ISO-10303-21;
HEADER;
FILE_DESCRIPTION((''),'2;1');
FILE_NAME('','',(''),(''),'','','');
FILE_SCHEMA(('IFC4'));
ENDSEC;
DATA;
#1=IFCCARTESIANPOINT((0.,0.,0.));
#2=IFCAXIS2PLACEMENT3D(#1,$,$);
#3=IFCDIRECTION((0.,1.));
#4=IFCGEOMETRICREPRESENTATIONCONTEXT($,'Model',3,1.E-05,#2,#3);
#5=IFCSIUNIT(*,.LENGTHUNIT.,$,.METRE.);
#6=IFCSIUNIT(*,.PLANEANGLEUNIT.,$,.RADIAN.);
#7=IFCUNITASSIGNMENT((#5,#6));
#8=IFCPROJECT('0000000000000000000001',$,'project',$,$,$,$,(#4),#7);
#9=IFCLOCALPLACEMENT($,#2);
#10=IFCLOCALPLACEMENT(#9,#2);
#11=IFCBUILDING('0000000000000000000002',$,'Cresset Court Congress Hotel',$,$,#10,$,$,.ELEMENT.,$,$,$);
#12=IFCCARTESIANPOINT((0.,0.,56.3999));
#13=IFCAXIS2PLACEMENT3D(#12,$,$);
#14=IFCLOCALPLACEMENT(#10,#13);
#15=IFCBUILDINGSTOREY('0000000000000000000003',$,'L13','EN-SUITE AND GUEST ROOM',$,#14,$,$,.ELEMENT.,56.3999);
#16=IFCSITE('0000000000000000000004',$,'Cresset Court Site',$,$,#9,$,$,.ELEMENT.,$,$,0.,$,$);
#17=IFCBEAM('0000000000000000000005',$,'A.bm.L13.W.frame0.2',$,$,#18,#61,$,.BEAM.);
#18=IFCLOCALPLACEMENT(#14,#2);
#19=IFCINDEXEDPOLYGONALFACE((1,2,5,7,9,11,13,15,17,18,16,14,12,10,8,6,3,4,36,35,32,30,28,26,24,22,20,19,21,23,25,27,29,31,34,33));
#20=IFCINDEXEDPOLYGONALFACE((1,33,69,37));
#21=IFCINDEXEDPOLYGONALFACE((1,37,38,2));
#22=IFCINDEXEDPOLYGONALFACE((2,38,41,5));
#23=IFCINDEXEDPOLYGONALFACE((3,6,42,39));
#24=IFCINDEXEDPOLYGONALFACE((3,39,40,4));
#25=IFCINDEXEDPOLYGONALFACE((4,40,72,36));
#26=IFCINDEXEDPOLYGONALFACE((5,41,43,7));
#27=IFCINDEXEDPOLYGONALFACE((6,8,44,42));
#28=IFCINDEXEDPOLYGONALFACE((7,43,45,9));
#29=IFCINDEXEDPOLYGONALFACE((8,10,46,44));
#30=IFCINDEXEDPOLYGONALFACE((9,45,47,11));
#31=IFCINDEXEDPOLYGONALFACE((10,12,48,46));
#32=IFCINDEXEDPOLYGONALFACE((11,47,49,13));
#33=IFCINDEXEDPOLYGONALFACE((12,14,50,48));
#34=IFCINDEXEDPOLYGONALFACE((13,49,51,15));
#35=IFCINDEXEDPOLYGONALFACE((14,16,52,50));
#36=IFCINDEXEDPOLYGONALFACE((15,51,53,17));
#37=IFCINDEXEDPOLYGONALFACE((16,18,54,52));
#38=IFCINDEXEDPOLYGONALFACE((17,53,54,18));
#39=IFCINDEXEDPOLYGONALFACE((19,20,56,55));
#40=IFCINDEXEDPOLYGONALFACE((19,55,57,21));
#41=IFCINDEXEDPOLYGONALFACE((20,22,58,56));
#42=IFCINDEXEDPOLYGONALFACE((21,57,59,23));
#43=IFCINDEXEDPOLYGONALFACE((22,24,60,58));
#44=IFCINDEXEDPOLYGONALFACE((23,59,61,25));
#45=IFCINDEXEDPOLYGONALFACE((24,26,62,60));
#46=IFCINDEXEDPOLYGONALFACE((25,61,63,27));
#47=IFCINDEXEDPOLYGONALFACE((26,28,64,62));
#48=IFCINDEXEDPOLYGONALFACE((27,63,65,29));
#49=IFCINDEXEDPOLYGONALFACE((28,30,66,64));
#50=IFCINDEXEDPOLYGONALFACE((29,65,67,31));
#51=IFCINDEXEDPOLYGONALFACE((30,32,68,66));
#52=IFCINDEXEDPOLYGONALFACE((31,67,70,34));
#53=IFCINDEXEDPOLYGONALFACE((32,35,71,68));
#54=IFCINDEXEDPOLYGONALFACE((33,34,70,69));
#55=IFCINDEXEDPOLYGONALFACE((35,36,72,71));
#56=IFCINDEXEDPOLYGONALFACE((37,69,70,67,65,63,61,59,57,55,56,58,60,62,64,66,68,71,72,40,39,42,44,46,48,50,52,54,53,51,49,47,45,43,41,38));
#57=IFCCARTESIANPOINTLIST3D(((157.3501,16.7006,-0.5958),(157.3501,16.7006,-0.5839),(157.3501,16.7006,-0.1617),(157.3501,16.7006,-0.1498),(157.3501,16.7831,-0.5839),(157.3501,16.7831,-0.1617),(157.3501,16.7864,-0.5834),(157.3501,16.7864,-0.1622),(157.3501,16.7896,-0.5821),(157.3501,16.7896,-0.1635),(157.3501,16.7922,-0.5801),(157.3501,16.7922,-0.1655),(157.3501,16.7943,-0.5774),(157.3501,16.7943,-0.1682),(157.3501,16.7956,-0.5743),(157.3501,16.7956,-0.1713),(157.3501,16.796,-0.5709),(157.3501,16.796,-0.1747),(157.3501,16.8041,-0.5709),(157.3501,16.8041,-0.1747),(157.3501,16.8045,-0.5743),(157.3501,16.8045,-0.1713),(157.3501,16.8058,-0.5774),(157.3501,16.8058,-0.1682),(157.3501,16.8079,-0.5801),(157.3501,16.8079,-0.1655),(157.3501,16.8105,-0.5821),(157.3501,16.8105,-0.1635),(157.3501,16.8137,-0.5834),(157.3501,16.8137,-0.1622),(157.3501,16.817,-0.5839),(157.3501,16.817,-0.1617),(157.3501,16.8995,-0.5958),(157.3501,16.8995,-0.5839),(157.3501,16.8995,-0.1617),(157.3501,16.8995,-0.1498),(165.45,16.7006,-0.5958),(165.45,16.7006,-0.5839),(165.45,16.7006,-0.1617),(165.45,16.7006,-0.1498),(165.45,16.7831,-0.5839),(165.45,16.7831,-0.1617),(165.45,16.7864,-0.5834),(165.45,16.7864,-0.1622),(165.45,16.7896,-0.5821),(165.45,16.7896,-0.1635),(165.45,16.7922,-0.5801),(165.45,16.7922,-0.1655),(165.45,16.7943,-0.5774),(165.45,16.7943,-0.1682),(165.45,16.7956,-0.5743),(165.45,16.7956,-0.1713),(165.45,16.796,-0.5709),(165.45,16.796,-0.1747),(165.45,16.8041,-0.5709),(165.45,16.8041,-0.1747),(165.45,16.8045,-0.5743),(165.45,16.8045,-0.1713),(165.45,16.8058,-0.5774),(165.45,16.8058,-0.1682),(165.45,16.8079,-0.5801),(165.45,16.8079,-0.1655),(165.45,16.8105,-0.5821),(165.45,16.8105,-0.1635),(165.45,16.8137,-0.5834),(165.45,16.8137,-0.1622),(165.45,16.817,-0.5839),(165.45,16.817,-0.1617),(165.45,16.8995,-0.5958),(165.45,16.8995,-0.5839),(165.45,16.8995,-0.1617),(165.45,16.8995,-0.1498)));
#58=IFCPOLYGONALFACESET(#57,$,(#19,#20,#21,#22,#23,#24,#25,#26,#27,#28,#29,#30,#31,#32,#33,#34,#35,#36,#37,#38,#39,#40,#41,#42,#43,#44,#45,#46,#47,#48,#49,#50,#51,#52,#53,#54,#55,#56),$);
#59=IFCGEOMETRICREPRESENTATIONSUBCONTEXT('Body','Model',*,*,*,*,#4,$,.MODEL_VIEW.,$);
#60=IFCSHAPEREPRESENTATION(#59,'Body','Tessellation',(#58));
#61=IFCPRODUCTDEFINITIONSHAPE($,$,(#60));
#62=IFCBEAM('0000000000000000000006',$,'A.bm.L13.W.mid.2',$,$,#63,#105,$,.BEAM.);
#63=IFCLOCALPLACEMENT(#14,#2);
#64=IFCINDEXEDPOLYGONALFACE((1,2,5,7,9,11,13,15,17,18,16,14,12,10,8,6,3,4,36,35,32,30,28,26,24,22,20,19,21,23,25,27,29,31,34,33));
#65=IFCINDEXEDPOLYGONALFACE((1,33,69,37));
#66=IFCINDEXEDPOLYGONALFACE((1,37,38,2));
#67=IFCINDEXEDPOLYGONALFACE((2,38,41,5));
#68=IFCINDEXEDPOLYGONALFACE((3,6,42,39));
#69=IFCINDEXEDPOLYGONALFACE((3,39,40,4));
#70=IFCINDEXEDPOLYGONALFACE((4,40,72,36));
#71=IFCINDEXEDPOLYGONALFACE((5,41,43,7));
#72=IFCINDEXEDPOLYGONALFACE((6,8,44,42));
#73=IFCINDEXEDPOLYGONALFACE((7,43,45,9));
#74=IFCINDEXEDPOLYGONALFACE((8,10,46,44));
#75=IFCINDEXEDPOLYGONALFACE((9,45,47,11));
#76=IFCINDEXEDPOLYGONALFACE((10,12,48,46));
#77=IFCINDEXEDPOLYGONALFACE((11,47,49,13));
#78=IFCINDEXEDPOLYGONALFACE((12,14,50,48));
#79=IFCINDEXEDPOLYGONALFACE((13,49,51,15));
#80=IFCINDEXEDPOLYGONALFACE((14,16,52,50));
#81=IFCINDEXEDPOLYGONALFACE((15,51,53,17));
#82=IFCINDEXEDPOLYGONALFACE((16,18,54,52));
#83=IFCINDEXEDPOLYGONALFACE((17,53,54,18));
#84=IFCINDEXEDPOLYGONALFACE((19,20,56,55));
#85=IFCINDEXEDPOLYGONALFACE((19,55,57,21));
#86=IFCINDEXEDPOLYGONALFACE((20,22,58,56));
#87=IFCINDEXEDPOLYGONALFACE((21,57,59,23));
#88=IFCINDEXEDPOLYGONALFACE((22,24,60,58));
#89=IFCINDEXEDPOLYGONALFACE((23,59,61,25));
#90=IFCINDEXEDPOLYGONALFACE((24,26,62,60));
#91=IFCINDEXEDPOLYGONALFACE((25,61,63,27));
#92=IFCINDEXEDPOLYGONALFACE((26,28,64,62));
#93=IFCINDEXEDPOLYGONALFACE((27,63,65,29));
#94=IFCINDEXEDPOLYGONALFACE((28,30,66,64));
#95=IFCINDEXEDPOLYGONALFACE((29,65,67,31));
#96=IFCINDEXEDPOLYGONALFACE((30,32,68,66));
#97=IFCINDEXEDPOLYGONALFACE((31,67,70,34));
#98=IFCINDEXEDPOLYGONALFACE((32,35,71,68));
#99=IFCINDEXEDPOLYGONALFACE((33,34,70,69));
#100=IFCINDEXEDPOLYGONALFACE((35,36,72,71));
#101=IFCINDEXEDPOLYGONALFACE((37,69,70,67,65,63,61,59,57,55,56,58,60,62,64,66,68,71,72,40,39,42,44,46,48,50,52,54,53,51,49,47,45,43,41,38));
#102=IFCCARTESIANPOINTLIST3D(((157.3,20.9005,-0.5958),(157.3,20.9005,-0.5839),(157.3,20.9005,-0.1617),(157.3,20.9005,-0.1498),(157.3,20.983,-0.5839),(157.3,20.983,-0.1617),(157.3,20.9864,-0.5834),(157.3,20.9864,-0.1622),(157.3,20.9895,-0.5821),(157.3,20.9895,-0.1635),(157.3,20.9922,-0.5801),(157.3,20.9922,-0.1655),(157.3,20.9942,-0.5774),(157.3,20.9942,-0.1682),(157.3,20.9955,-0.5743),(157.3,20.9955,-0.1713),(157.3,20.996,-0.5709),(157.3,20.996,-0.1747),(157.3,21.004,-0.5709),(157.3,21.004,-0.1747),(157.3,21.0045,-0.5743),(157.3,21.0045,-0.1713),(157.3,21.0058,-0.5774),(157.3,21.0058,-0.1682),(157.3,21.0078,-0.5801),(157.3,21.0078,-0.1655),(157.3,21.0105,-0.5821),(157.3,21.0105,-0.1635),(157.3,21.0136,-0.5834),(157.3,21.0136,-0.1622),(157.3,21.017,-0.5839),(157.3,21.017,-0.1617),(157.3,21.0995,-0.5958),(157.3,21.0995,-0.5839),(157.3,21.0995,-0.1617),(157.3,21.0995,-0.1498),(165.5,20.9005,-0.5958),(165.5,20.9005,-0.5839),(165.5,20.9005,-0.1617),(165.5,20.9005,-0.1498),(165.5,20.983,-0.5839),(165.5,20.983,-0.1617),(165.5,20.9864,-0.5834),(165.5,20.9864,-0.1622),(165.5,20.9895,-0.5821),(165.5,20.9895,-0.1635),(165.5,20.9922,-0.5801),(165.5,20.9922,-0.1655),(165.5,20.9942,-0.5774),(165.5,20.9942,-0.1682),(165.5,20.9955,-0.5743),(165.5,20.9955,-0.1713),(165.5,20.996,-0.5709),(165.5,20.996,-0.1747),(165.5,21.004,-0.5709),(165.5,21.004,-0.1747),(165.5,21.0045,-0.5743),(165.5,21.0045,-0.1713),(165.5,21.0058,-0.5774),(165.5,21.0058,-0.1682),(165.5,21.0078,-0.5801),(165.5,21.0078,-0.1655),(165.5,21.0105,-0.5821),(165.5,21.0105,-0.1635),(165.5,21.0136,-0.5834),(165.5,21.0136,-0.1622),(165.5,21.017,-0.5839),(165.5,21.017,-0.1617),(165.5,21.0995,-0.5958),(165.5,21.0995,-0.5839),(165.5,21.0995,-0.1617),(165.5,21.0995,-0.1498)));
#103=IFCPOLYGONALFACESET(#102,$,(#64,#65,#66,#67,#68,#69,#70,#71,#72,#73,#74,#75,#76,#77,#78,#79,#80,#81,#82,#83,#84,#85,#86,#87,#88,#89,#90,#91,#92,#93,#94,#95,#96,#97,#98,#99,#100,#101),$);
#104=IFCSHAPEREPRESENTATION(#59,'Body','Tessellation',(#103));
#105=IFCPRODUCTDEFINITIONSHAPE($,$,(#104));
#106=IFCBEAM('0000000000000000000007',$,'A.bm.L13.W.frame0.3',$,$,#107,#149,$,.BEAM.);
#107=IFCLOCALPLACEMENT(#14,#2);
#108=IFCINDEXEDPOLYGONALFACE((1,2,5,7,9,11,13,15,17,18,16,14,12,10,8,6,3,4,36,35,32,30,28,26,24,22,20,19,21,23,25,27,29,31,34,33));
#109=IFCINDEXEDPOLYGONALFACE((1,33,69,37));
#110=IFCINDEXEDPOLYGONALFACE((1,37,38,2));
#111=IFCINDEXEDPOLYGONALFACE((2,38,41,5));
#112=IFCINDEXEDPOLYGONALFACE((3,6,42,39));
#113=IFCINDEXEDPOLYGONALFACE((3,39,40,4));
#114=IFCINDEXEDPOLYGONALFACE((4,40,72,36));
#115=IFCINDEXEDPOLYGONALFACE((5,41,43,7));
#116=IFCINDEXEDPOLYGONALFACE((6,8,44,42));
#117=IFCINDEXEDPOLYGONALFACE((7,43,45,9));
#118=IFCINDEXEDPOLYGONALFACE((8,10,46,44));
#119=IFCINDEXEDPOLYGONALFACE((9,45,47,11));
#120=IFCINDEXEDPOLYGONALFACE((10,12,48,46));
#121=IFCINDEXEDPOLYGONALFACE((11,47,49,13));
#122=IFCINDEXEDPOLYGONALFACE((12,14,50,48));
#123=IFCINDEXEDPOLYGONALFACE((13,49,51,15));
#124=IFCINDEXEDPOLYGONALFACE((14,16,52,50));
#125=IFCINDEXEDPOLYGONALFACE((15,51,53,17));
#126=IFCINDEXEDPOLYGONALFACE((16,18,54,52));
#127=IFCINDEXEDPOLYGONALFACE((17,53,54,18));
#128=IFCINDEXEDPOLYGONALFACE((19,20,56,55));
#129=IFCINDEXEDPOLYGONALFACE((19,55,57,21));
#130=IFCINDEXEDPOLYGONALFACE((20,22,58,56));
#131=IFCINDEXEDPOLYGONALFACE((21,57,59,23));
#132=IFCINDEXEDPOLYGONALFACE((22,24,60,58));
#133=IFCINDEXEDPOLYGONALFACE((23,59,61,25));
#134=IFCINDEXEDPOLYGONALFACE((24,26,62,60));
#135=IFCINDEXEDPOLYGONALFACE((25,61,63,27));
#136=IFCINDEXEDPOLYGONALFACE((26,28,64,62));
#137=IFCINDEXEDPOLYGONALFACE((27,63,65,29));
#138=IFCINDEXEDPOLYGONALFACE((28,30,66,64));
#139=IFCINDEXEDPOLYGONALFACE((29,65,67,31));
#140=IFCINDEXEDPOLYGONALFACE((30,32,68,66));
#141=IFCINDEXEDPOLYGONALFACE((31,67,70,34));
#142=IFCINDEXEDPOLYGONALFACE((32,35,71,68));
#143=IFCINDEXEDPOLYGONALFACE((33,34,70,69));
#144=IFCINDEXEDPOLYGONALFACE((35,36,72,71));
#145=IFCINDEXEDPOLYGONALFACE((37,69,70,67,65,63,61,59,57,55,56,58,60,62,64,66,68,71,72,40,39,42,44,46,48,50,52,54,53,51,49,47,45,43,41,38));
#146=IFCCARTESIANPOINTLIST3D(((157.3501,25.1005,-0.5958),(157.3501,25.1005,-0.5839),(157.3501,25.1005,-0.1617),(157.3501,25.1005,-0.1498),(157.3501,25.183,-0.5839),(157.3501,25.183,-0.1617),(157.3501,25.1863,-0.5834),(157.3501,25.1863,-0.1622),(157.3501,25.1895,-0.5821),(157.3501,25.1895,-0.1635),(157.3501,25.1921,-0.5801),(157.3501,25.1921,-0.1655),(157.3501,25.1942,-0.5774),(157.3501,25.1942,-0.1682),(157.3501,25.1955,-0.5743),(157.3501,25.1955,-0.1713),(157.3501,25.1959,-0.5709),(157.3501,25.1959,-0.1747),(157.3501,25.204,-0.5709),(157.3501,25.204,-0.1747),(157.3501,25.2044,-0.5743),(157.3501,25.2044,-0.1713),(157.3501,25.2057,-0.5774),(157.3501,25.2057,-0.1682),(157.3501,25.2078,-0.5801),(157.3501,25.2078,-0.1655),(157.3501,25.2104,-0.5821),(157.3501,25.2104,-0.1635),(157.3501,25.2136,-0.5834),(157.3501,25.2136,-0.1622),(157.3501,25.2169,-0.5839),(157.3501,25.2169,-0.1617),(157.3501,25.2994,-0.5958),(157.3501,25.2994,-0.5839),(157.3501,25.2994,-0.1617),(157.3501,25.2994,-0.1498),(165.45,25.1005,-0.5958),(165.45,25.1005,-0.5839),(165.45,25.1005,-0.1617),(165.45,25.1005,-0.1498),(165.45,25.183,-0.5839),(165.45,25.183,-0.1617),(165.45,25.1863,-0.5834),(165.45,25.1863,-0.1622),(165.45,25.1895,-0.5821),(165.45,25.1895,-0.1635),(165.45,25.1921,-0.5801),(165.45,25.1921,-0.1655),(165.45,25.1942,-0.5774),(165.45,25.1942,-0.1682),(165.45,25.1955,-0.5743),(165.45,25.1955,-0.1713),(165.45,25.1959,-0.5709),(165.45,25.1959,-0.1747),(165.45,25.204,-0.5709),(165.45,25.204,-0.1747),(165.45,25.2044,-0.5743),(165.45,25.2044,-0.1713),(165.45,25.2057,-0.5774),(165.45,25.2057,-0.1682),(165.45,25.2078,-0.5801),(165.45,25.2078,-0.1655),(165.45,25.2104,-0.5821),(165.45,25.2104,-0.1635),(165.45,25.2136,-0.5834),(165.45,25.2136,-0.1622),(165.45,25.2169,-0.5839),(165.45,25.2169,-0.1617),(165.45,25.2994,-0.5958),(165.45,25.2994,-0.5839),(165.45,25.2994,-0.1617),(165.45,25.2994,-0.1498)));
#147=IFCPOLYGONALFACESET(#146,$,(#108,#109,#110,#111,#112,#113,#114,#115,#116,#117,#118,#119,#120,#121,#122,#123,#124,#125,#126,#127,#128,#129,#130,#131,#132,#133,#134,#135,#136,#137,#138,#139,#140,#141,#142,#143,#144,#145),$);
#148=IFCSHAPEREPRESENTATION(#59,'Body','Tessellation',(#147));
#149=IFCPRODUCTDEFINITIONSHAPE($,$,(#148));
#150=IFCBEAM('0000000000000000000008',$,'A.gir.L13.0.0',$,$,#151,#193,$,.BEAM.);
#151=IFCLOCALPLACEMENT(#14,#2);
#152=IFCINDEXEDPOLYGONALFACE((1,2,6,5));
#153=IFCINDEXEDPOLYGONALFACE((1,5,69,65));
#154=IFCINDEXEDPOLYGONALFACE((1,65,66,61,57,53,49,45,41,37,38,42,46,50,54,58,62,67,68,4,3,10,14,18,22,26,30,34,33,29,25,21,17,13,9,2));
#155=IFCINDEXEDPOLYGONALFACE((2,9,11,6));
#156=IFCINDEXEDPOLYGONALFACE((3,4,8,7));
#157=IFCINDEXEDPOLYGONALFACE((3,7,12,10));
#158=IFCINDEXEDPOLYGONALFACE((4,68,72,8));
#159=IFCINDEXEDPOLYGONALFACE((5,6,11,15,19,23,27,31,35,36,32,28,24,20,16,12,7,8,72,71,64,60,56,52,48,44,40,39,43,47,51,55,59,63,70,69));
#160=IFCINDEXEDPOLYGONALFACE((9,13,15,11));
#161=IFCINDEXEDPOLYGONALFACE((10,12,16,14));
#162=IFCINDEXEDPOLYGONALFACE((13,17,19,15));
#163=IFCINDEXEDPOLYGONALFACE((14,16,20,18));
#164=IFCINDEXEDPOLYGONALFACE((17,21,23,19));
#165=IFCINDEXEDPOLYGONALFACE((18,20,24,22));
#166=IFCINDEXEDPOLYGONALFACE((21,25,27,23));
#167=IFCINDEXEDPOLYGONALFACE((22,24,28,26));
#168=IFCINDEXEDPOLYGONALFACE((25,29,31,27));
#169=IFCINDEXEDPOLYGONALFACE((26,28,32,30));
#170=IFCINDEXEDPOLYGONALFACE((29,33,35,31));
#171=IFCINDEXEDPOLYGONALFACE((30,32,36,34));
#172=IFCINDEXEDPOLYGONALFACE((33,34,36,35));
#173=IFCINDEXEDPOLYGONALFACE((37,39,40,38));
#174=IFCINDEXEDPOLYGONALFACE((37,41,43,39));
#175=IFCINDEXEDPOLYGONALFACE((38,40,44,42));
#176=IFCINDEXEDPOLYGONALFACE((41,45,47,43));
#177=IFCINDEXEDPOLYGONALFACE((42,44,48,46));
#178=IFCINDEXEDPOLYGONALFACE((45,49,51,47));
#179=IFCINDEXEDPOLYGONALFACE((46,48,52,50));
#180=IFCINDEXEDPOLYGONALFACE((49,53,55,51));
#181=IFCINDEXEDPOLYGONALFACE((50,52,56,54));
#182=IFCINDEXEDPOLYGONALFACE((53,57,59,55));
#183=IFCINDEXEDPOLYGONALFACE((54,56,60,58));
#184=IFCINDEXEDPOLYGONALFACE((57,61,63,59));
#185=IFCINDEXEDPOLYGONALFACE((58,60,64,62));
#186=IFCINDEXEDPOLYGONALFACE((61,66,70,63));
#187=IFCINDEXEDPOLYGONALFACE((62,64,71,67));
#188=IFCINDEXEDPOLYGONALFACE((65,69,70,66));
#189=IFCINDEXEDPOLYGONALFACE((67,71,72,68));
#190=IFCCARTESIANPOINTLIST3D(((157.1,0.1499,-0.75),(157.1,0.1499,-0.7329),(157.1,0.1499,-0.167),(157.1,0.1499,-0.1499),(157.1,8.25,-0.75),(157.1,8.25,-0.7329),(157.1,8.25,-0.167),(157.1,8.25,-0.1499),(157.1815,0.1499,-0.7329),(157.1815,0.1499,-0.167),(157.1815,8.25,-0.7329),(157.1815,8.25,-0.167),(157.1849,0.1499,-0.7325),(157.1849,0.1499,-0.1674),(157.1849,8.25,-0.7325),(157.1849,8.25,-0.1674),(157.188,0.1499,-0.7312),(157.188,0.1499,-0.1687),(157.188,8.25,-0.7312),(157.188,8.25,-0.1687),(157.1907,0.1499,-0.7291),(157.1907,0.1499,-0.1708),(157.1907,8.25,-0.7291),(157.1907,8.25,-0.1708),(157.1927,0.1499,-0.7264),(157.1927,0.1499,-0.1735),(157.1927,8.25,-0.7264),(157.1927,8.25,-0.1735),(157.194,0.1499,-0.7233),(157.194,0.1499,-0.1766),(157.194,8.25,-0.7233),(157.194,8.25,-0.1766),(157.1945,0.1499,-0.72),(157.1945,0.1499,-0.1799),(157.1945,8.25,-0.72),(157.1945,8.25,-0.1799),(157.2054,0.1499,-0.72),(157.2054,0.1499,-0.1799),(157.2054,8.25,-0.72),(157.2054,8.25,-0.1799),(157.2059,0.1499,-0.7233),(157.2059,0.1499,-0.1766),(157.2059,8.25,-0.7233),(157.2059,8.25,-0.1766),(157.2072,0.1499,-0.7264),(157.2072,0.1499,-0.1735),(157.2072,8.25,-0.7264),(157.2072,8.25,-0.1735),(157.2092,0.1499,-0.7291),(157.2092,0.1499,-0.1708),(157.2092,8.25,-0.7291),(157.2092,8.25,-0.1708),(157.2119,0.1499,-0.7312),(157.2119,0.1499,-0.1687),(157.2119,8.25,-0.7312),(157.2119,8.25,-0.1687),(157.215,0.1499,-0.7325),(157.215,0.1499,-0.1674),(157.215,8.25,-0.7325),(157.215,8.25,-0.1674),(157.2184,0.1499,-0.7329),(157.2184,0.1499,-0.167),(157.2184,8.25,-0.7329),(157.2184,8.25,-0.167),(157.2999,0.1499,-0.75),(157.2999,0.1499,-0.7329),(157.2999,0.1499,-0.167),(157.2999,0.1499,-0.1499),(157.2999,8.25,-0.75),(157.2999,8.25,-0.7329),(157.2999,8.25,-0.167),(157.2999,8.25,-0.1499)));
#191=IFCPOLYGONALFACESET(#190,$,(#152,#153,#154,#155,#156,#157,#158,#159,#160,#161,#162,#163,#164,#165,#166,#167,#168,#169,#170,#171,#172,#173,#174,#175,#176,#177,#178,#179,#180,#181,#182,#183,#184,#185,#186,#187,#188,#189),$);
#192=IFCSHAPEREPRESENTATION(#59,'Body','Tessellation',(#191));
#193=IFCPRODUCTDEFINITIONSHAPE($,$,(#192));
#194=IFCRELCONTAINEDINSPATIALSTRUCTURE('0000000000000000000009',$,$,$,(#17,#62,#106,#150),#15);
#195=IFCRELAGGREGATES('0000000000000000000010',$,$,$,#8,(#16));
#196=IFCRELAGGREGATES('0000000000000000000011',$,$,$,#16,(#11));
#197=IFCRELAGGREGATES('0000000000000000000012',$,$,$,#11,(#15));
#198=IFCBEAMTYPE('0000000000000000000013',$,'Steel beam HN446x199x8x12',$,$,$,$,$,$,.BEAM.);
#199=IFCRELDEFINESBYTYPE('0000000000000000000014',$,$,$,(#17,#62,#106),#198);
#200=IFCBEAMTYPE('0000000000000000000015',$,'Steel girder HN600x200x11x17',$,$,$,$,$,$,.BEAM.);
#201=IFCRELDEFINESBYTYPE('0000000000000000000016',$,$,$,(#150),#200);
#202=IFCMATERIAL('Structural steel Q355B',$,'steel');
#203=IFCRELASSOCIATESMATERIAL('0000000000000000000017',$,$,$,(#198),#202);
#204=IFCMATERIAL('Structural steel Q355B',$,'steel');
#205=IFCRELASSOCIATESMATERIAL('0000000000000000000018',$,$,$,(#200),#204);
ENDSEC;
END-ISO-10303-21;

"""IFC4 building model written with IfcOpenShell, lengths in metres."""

from ifc_helpers import new_model, si_unit, direction, frame, origin, origin_2d, place, context, subcontext, project, spatial, i_section, extrude, material, material_profile, profile_set, type_object, element, save


model = new_model("IFC4")

# Units and contexts
model_context = context("Model", 3, precision=1e-05, world=origin(), true_north=direction((0.0, 1.0)))
body_context = subcontext(model_context, "Body", "Model", "MODEL_VIEW")
ifc_project = project(units=[si_unit("LENGTHUNIT", "METRE"), si_unit("PLANEANGLEUNIT", "RADIAN")], contexts=[model_context])

# Site, building, storey
site_placement = place(None, origin())
site = spatial("IfcSite", under=ifc_project, at=site_placement, Name="Cresset Court Site", CompositionType="ELEMENT", RefElevation=0.0)
building_placement = place(site_placement, origin())
building = spatial("IfcBuilding", under=site, at=building_placement, Name="Cresset Court Congress Hotel", CompositionType="ELEMENT")
storey_placement = place(building_placement, frame((0.0, 0.0, 56.3999)))
storey = spatial("IfcBuildingStorey", under=building, at=storey_placement, Name="L13", Description="EN-SUITE AND GUEST ROOM", CompositionType="ELEMENT", Elevation=56.3999)

# Beams
ifc_material_1 = material(Name="Structural steel Q355B", Category="steel")
ifc_material_profile_1 = material_profile(ifc_material_1, i_section(OverallWidth=0.199, OverallDepth=0.446, WebThickness=0.0081, FlangeThickness=0.012, FilletRadius=0.0129, at=origin_2d()), Name="HN446x199x8x12")
ifc_profile_set_1 = profile_set([ifc_material_profile_1], Name="Structural steel Q355B")
beam_type_1 = type_object("IfcBeamType", Name="Steel beam HN446x199x8x12", PredefinedType="BEAM", material=ifc_profile_set_1)
beam_1_placement = place(storey_placement, frame((157.3501, 16.8, -0.3728), z_axis=(1.0, 0.0, 0.0), x_axis=(0.0, 1.0, 0.0)))
element("IfcBeam", 1, at=beam_1_placement, inside=storey, type_object=beam_type_1, Name="A.bm.L13.W.frame0.2", PredefinedType="BEAM", context=body_context, shape_type="SweptSolid", body=[
    extrude(i_section(OverallWidth=0.199, OverallDepth=0.446, WebThickness=0.0081, FlangeThickness=0.012, FilletRadius=0.0129, at=origin_2d()), origin(), (0.0, 0.0, 1.0), 8.0999),
])
beam_2_placement = place(storey_placement, frame((157.3, 21.0, -0.3728), z_axis=(1.0, 0.0, 0.0), x_axis=(0.0, 1.0, 0.0)))
element("IfcBeam", 2, at=beam_2_placement, inside=storey, type_object=beam_type_1, Name="A.bm.L13.W.mid.2", PredefinedType="BEAM", context=body_context, shape_type="SweptSolid", body=[
    extrude(i_section(OverallWidth=0.199, OverallDepth=0.446, WebThickness=0.0081, FlangeThickness=0.012, FilletRadius=0.0129, at=origin_2d()), origin(), (0.0, 0.0, 1.0), 8.2),
])
beam_3_placement = place(storey_placement, frame((157.3501, 25.2, -0.3728), z_axis=(1.0, 0.0, 0.0), x_axis=(0.0, 1.0, 0.0)))
element("IfcBeam", 3, at=beam_3_placement, inside=storey, type_object=beam_type_1, Name="A.bm.L13.W.frame0.3", PredefinedType="BEAM", context=body_context, shape_type="SweptSolid", body=[
    extrude(i_section(OverallWidth=0.199, OverallDepth=0.446, WebThickness=0.0081, FlangeThickness=0.012, FilletRadius=0.0129, at=origin_2d()), origin(), (0.0, 0.0, 1.0), 8.0999),
])
ifc_material_2 = material(Name="Structural steel Q355B", Category="steel")
ifc_material_profile_2 = material_profile(ifc_material_2, i_section(OverallWidth=0.2, OverallDepth=0.6001, WebThickness=0.011, FlangeThickness=0.0171, FilletRadius=0.0129, at=origin_2d()), Name="HN600x200x11x17")
ifc_profile_set_2 = profile_set([ifc_material_profile_2], Name="Structural steel Q355B")
beam_type_2 = type_object("IfcBeamType", Name="Steel girder HN600x200x11x17", PredefinedType="BEAM", material=ifc_profile_set_2)
beam_4_placement = place(storey_placement, frame((157.2, 0.1499, -0.45), z_axis=(0.0, 1.0, 0.0), x_axis=(-1.0, 0.0, 0.0)))
element("IfcBeam", 4, at=beam_4_placement, inside=storey, type_object=beam_type_2, Name="A.gir.L13.0.0", PredefinedType="BEAM", context=body_context, shape_type="SweptSolid", body=[
    extrude(i_section(OverallWidth=0.2, OverallDepth=0.6001, WebThickness=0.011, FlangeThickness=0.0171, FilletRadius=0.0129, at=origin_2d()), origin(), (0.0, 0.0, 1.0), 8.1001),
])

save(model, "model.ifc")
